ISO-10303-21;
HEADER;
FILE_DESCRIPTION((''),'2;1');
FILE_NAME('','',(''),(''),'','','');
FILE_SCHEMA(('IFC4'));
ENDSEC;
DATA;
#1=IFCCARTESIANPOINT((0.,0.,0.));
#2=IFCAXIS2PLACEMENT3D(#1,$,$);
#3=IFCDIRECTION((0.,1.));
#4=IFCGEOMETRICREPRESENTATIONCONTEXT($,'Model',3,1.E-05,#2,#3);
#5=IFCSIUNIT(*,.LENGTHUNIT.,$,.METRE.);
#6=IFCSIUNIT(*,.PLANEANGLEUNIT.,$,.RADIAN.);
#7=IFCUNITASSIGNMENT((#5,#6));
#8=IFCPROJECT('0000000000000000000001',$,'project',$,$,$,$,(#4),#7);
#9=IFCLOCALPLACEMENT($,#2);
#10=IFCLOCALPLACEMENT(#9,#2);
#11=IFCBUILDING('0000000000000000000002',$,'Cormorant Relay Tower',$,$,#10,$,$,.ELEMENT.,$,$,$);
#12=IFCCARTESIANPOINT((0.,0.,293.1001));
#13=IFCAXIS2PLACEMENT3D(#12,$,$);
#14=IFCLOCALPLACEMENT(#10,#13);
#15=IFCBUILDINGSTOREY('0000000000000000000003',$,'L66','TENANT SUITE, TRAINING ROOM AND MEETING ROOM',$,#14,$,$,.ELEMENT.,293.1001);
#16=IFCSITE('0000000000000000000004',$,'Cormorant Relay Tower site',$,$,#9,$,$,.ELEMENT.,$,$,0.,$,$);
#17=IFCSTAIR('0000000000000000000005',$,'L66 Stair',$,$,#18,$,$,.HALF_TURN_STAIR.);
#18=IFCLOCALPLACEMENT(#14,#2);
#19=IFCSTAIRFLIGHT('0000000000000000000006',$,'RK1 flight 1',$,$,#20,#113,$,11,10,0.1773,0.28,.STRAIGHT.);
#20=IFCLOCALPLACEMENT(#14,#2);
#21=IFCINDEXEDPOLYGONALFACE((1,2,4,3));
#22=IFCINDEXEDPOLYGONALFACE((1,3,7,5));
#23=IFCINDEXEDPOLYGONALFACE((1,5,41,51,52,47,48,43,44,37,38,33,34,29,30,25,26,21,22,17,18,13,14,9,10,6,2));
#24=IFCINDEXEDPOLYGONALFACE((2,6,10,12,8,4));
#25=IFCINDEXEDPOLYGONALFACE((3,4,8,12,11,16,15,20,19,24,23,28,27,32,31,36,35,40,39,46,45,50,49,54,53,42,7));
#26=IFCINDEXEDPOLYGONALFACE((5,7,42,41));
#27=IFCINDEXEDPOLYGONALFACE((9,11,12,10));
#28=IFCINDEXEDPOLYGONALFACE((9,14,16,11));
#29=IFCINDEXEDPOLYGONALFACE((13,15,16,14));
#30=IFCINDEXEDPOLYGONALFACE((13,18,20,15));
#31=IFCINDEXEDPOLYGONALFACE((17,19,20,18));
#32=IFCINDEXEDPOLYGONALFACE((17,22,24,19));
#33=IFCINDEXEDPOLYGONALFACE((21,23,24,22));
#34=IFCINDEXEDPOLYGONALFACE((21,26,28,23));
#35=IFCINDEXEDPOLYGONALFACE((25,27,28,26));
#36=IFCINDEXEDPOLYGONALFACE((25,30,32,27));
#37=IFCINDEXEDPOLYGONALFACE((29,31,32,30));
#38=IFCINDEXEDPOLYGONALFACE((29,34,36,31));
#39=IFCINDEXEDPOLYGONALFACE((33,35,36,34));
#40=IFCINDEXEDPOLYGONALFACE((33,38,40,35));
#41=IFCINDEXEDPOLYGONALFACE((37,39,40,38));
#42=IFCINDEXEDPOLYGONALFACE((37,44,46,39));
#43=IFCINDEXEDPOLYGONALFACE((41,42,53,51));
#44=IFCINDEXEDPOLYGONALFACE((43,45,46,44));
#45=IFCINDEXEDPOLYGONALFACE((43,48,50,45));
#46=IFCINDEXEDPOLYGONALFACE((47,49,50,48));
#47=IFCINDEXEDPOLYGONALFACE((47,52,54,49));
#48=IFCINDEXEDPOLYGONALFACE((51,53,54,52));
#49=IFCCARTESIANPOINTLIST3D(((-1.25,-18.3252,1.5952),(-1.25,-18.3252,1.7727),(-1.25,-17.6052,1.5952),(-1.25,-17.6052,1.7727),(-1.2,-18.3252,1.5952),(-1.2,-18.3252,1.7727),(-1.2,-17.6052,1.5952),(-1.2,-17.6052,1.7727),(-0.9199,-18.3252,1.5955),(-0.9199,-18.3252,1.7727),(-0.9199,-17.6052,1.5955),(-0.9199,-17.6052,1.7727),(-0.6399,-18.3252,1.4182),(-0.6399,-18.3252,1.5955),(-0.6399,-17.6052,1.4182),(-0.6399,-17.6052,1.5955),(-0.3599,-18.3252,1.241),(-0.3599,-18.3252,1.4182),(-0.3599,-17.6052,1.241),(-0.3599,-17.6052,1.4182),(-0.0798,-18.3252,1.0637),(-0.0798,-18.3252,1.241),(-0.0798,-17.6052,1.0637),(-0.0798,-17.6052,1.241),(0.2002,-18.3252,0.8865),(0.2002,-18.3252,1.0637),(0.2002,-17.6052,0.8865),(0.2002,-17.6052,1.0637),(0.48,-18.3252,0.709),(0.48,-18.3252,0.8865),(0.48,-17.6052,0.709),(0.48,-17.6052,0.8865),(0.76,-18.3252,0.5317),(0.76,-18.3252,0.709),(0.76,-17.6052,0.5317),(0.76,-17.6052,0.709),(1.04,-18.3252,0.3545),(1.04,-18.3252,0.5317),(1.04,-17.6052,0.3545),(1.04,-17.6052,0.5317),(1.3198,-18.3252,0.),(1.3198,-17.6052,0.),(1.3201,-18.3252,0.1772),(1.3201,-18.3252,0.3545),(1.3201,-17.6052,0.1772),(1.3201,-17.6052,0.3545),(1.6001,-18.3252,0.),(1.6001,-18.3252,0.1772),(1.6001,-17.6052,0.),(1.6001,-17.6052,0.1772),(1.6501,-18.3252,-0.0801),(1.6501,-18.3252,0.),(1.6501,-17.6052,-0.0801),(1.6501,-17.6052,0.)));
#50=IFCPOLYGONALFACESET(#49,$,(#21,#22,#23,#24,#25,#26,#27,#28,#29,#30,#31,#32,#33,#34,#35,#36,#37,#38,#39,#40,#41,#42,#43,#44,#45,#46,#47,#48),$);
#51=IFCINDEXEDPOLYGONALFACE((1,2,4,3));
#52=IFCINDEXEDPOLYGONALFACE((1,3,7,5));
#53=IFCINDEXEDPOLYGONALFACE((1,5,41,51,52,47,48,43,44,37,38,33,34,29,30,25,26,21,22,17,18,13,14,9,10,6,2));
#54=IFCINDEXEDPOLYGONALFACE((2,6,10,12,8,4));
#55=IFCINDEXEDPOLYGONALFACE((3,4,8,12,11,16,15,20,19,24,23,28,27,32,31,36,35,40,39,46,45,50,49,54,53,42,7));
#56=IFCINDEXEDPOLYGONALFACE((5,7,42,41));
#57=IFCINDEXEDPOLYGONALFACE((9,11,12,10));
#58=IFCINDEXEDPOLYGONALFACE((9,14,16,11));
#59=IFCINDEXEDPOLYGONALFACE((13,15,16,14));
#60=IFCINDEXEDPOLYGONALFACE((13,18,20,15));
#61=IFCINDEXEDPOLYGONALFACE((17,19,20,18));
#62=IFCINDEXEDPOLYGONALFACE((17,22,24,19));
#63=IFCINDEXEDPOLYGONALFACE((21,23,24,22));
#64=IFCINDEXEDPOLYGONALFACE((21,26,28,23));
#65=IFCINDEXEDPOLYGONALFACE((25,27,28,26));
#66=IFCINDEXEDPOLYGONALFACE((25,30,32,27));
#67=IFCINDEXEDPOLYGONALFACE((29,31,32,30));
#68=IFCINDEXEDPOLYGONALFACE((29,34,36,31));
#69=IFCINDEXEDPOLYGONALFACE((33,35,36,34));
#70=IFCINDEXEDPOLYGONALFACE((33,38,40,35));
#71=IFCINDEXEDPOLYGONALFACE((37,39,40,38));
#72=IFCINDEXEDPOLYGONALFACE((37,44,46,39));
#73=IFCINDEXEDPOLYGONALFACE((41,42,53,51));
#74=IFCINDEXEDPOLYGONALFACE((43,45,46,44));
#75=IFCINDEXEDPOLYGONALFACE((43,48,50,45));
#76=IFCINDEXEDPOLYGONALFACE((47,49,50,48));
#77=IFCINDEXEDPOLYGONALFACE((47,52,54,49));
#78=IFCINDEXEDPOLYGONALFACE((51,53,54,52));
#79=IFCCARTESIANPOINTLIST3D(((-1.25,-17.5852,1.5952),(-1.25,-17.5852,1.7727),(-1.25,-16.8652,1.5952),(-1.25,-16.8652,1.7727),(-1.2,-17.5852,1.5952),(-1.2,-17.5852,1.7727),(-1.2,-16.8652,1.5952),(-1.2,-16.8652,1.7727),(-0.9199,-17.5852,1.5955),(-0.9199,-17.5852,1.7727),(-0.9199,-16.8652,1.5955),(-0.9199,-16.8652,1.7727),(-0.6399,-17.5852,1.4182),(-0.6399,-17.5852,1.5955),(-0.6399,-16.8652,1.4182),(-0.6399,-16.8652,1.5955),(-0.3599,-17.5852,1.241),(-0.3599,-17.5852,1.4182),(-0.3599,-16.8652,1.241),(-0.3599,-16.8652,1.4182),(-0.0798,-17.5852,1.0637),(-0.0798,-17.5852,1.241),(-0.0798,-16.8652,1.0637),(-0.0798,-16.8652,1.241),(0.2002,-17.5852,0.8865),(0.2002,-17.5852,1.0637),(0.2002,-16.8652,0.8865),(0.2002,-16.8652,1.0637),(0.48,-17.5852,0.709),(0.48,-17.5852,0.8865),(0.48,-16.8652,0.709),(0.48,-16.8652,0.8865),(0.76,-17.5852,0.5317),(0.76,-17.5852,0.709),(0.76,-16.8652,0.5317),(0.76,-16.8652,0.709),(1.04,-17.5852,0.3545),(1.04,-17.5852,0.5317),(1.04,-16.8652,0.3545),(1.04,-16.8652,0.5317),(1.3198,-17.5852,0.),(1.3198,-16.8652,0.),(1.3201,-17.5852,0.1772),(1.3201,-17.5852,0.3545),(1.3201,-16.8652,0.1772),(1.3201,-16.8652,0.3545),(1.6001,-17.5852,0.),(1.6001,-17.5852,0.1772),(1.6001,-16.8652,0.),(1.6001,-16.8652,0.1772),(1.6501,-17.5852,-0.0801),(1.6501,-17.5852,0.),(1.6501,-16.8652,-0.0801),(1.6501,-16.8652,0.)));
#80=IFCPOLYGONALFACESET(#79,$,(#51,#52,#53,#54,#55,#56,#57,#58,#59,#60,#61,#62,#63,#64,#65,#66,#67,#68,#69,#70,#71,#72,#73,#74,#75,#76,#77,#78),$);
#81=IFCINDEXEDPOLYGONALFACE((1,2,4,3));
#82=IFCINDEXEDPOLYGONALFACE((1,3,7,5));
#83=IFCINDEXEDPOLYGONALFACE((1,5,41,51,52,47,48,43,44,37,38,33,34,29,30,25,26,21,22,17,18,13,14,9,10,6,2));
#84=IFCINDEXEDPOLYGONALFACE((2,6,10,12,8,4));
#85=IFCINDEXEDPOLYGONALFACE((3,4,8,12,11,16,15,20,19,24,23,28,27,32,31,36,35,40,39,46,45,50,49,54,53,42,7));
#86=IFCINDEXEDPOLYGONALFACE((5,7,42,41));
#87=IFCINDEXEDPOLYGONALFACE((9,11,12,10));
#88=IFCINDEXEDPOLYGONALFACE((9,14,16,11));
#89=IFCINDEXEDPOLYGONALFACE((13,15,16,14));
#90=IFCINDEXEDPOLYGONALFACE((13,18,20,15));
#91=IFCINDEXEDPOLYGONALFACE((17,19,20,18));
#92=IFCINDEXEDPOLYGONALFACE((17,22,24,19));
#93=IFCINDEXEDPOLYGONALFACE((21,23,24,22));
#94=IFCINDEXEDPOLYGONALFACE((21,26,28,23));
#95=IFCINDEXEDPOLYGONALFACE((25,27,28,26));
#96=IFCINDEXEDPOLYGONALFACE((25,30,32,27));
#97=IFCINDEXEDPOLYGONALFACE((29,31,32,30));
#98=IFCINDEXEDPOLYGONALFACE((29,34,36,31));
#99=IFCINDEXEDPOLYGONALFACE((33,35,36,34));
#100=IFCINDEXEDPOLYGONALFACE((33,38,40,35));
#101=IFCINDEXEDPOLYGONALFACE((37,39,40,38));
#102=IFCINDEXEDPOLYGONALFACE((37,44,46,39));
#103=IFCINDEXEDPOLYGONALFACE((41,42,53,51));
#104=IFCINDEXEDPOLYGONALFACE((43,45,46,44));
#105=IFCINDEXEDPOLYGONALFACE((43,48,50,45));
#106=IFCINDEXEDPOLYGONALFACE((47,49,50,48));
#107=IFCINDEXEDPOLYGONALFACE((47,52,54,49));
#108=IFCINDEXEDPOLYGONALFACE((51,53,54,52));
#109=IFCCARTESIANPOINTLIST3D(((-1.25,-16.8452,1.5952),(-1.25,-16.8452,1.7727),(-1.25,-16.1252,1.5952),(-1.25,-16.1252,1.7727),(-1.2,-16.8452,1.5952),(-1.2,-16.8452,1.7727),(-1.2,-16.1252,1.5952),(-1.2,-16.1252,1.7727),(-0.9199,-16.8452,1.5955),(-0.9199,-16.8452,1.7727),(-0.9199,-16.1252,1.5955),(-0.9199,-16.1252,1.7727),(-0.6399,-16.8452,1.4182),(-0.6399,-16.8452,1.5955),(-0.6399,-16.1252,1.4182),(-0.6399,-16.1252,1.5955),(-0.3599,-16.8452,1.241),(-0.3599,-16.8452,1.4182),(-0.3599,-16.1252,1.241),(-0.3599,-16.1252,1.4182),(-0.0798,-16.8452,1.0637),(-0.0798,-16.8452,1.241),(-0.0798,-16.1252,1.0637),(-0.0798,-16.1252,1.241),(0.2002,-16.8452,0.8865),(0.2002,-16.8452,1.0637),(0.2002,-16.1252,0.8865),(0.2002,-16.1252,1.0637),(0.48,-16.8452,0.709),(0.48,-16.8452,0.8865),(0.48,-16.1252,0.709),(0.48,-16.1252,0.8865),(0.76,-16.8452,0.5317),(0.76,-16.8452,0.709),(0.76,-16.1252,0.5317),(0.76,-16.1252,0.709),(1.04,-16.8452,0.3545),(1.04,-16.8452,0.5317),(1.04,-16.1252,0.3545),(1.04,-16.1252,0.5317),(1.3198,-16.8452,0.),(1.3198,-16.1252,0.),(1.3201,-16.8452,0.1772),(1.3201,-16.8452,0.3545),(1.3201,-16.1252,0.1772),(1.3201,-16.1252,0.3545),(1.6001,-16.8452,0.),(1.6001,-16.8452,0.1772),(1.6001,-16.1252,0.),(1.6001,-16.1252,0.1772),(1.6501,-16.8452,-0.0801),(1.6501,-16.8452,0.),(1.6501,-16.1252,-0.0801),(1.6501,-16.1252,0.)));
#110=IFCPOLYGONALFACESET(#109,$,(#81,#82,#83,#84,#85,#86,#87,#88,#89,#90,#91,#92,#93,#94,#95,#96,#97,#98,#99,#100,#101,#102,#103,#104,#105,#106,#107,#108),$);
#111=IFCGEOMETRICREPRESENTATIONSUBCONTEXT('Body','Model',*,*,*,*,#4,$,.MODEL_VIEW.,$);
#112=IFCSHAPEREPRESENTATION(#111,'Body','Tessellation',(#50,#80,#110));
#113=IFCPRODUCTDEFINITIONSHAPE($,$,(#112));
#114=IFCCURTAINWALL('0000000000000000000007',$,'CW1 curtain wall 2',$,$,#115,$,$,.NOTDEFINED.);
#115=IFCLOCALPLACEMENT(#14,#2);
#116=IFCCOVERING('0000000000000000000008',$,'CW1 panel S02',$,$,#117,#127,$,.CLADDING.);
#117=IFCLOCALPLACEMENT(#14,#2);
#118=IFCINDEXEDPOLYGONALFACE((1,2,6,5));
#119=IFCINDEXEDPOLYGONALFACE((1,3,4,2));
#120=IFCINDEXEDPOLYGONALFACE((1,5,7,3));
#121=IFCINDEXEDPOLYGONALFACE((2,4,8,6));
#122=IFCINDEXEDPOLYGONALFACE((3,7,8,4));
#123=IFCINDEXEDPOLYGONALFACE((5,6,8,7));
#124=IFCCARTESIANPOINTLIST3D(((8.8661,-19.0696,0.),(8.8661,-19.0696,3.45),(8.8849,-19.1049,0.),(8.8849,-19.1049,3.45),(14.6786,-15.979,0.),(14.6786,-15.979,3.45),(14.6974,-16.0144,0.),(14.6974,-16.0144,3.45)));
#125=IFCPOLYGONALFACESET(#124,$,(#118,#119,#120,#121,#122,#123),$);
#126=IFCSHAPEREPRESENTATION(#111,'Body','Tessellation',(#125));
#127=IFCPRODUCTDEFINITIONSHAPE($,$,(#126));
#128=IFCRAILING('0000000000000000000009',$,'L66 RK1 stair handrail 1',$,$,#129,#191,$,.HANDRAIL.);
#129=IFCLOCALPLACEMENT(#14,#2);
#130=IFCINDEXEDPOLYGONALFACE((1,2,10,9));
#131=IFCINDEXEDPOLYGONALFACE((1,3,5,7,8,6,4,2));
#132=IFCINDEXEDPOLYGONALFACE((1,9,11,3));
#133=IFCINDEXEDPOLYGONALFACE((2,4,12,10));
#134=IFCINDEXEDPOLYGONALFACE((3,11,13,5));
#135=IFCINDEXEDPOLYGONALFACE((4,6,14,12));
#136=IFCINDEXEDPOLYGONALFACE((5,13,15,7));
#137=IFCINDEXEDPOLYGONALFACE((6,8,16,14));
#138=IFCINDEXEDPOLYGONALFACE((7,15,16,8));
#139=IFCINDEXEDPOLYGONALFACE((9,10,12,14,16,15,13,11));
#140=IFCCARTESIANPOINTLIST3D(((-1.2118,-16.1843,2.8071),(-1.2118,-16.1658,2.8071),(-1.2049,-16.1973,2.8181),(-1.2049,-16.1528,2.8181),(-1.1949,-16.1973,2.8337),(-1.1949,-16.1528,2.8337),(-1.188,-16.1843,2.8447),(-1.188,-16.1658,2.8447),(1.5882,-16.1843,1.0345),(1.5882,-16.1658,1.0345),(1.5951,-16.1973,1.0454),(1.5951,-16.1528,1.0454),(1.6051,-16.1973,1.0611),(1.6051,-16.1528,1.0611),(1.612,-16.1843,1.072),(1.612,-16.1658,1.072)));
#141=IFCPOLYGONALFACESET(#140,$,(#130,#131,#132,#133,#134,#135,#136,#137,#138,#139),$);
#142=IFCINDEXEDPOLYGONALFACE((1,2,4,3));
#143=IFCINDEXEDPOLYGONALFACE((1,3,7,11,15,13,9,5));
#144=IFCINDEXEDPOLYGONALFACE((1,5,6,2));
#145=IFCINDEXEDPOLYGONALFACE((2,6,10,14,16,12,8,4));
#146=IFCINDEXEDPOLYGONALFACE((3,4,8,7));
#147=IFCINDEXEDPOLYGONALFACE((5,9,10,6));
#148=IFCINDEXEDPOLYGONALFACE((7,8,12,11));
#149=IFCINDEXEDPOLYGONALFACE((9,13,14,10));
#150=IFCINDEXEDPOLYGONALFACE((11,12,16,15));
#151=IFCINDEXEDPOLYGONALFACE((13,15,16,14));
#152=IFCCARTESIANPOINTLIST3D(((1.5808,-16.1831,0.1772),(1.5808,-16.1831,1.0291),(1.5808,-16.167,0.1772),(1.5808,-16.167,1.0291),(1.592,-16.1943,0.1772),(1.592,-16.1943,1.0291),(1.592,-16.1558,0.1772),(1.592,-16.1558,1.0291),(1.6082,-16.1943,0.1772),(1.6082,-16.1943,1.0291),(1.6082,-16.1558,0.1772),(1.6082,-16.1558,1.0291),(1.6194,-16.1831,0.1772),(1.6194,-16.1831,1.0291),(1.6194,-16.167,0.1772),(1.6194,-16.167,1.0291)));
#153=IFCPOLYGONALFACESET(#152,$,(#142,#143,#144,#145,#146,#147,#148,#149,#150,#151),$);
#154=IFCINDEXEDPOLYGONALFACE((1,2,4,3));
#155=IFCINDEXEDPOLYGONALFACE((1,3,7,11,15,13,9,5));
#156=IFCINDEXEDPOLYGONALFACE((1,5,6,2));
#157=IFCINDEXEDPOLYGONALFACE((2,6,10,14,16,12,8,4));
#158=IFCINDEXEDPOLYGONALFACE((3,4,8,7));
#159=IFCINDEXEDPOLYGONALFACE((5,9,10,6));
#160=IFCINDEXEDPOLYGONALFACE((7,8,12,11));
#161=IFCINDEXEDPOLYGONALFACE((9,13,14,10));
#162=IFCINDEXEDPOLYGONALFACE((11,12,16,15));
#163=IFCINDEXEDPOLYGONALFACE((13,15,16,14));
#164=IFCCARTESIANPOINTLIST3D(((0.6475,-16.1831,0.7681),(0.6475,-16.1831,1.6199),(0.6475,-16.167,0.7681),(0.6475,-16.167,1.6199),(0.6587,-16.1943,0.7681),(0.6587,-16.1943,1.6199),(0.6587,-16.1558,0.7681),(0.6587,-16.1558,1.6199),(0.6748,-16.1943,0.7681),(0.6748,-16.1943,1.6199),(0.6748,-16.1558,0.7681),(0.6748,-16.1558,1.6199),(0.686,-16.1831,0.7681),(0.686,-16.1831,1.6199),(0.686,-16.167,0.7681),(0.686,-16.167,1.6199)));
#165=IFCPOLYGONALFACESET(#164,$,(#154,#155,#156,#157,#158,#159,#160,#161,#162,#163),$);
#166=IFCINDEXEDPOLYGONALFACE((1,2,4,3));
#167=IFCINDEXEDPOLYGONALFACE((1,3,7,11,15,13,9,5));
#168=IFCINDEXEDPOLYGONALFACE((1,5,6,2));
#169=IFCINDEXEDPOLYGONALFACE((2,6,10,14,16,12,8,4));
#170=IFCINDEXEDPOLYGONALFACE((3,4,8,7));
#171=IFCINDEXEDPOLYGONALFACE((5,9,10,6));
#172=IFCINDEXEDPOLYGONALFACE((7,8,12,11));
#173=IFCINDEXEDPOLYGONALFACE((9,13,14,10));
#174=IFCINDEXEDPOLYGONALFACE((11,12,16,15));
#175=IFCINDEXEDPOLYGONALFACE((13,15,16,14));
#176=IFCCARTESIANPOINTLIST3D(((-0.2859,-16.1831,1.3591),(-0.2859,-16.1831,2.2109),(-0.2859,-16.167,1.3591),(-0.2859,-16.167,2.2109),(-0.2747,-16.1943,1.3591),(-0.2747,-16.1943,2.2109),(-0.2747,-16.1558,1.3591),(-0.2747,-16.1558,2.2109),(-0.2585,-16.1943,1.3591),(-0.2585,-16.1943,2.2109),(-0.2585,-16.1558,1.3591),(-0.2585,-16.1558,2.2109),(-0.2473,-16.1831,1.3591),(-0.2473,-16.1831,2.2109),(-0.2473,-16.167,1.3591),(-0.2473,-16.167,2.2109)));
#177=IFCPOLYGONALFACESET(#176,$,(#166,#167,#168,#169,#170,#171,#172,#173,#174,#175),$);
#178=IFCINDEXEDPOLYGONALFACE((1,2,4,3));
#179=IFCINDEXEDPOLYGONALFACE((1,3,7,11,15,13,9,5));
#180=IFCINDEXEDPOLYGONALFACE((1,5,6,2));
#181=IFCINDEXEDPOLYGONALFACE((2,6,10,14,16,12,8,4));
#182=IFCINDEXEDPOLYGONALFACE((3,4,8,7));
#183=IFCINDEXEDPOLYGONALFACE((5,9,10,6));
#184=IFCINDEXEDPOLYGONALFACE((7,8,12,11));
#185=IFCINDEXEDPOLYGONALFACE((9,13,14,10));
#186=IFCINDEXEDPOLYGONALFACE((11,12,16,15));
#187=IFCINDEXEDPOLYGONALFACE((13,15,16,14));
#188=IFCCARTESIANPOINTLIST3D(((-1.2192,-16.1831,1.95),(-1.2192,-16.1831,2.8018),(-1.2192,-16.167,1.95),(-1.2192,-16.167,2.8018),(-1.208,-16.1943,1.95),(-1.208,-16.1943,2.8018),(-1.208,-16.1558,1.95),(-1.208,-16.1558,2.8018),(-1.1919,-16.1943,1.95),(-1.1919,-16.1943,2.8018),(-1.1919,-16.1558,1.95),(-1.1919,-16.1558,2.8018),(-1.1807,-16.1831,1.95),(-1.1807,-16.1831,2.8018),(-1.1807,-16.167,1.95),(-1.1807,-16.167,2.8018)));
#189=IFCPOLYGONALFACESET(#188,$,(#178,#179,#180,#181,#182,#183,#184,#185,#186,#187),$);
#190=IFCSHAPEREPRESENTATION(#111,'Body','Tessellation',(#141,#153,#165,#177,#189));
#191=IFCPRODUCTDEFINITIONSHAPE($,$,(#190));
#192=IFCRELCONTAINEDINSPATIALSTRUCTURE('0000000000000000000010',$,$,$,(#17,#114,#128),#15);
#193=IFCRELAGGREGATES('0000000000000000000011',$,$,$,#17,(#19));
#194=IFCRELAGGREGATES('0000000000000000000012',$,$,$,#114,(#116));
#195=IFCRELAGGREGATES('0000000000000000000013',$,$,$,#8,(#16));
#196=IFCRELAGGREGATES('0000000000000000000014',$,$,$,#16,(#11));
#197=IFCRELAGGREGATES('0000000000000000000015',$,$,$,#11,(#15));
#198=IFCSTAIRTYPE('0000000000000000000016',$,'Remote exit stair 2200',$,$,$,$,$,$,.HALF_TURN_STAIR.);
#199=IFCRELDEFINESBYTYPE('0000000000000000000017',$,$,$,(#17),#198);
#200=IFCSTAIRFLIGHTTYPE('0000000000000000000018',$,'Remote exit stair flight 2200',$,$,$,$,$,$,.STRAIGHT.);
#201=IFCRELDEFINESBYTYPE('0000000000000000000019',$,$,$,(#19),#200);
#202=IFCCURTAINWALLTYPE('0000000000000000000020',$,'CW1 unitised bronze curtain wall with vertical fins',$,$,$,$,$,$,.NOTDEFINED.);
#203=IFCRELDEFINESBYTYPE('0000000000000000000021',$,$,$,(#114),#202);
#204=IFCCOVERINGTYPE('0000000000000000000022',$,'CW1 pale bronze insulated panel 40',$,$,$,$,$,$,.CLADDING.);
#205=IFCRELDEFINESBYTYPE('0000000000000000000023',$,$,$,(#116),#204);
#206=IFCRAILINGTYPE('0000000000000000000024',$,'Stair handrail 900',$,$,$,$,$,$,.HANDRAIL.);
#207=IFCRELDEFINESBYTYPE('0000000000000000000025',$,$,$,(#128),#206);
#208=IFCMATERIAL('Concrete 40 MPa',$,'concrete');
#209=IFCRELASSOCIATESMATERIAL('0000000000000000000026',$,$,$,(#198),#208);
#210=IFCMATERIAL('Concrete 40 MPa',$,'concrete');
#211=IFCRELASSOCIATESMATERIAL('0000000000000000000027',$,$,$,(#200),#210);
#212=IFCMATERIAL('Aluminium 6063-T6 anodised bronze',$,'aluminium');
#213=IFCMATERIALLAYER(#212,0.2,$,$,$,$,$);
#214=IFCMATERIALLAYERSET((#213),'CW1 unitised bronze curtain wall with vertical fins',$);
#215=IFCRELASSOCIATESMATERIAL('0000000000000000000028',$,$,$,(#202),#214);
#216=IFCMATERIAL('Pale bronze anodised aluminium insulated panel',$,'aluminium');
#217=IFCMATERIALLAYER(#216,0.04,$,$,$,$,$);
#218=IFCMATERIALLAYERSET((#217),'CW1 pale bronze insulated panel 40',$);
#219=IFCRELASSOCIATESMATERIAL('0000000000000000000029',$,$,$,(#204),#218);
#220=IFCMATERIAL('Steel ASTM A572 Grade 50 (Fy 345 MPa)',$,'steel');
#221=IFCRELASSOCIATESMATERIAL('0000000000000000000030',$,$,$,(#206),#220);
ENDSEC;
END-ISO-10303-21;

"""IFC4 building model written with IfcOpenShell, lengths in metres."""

from ifc_helpers import new_model, si_unit, direction, frame, origin, origin_2d, place, context, subcontext, project, spatial, polyline, rectangle, outline, extrude, material, layer, layer_set, type_object, element, aggregate, save


model = new_model("IFC4")

# Units and contexts
model_context = context("Model", 3, precision=1e-05, world=origin(), true_north=direction((0.0, 1.0)))
body_context = subcontext(model_context, "Body", "Model", "MODEL_VIEW")
ifc_project = project(units=[si_unit("LENGTHUNIT", "METRE"), si_unit("PLANEANGLEUNIT", "RADIAN")], contexts=[model_context])

# Site, building, storey
site_placement = place(None, origin())
site = spatial("IfcSite", under=ifc_project, at=site_placement, Name="Cormorant Relay Tower site", CompositionType="ELEMENT", RefElevation=0.0)
building_placement = place(site_placement, origin())
building = spatial("IfcBuilding", under=site, at=building_placement, Name="Cormorant Relay Tower", CompositionType="ELEMENT")
storey_placement = place(building_placement, frame((0.0, 0.0, 293.1001)))
storey = spatial("IfcBuildingStorey", under=building, at=storey_placement, Name="L66", Description="TENANT SUITE, TRAINING ROOM AND MEETING ROOM", CompositionType="ELEMENT", Elevation=293.1001)

# Stair
ifc_material_1 = material(Name="Concrete 40 MPa", Category="concrete")
stair_type_1 = type_object("IfcStairType", Name="Remote exit stair 2200", PredefinedType="HALF_TURN_STAIR", material=ifc_material_1)
stair_1_placement = place(storey_placement, origin())
stair_1 = element("IfcStair", 1, at=stair_1_placement, inside=storey, type_object=stair_type_1, Name="L66 Stair", PredefinedType="HALF_TURN_STAIR")

# Stair flight
ifc_material_2 = material(Name="Concrete 40 MPa", Category="concrete")
stair_flight_type = type_object("IfcStairFlightType", Name="Remote exit stair flight 2200", PredefinedType="STRAIGHT", material=ifc_material_2)
stair_flight_placement = place(storey_placement, frame((1.6001, -17.2251, 0.0), z_axis=(0.0, 0.0, 1.0), x_axis=(-1.0, 0.0, 0.0)))
stair_flight = element("IfcStairFlight", 2, at=stair_flight_placement, type_object=stair_flight_type, Name="RK1 flight 1", NumberOfRisers=11, NumberOfTreads=10, PredefinedType="STRAIGHT", RiserHeight=0.1773, TreadLength=0.28, context=body_context, shape_type="SweptSolid", body=[
    extrude(outline(polyline([(-0.05, -0.0801), (-0.05, 0.0), (0.0, 0.0), (0.0, 0.1772), (0.28, 0.1772), (0.28, 0.3545), (0.5601, 0.3545), (0.5601, 0.5317), (0.8401, 0.5317), (0.8401, 0.709), (1.1201, 0.709), (1.1201, 0.8865), (1.3999, 0.8865), (1.3999, 1.0637), (1.6799, 1.0637), (1.6799, 1.241), (1.96, 1.241), (1.96, 1.4182), (2.24, 1.4182), (2.24, 1.5955), (2.52, 1.5955), (2.52, 1.7727), (2.8, 1.7727), (2.8501, 1.7727), (2.8501, 1.5952), (2.8, 1.5952), (0.2803, 0.0), (-0.05, -0.0801)])), frame((0.0, 1.1001, 0.0), z_axis=(0.0, -1.0, 0.0), x_axis=(1.0, 0.0, 0.0)), (0.0, 0.0, 1.0), 0.72),
    extrude(outline(polyline([(-0.05, -0.0801), (-0.05, 0.0), (0.0, 0.0), (0.0, 0.1772), (0.28, 0.1772), (0.28, 0.3545), (0.5601, 0.3545), (0.5601, 0.5317), (0.8401, 0.5317), (0.8401, 0.709), (1.1201, 0.709), (1.1201, 0.8865), (1.3999, 0.8865), (1.3999, 1.0637), (1.6799, 1.0637), (1.6799, 1.241), (1.96, 1.241), (1.96, 1.4182), (2.24, 1.4182), (2.24, 1.5955), (2.52, 1.5955), (2.52, 1.7727), (2.8, 1.7727), (2.8501, 1.7727), (2.8501, 1.5952), (2.8, 1.5952), (0.2803, 0.0), (-0.05, -0.0801)])), frame((0.0, 0.3601, 0.0), z_axis=(0.0, -1.0, 0.0), x_axis=(1.0, 0.0, 0.0)), (0.0, 0.0, 1.0), 0.72),
    extrude(outline(polyline([(-0.05, -0.0801), (-0.05, 0.0), (0.0, 0.0), (0.0, 0.1772), (0.28, 0.1772), (0.28, 0.3545), (0.5601, 0.3545), (0.5601, 0.5317), (0.8401, 0.5317), (0.8401, 0.709), (1.1201, 0.709), (1.1201, 0.8865), (1.3999, 0.8865), (1.3999, 1.0637), (1.6799, 1.0637), (1.6799, 1.241), (1.96, 1.241), (1.96, 1.4182), (2.24, 1.4182), (2.24, 1.5955), (2.52, 1.5955), (2.52, 1.7727), (2.8, 1.7727), (2.8501, 1.7727), (2.8501, 1.5952), (2.8, 1.5952), (0.2803, 0.0), (-0.05, -0.0801)])), frame((0.0, -0.3799, 0.0), z_axis=(0.0, -1.0, 0.0), x_axis=(1.0, 0.0, 0.0)), (0.0, 0.0, 1.0), 0.72),
])
aggregate(stair_1, [stair_flight])

# Curtain wall, covering
ifc_material_3 = material(Name="Aluminium 6063-T6 anodised bronze", Category="aluminium")
ifc_layer_1 = layer(ifc_material_3, 0.2)
ifc_layer_set_1 = layer_set([ifc_layer_1], Name="CW1 unitised bronze curtain wall with vertical fins")
curtain_wall_type = type_object("IfcCurtainWallType", Name="CW1 unitised bronze curtain wall with vertical fins", PredefinedType="NOTDEFINED", material=ifc_layer_set_1)
curtain_wall_placement = place(storey_placement, origin())
curtain_wall = element("IfcCurtainWall", 3, at=curtain_wall_placement, inside=storey, type_object=curtain_wall_type, Name="CW1 curtain wall 2", PredefinedType="NOTDEFINED")
ifc_material_4 = material(Name="Pale bronze anodised aluminium insulated panel", Category="aluminium")
ifc_layer_2 = layer(ifc_material_4, 0.04)
ifc_layer_set_2 = layer_set([ifc_layer_2], Name="CW1 pale bronze insulated panel 40")
covering_type = type_object("IfcCoveringType", Name="CW1 pale bronze insulated panel 40", PredefinedType="CLADDING", material=ifc_layer_set_2)
covering_placement = place(storey_placement, frame((11.7817, -17.542, 0.0), z_axis=(0.0, 0.0, 1.0), x_axis=(0.882948, 0.469472, 0.0)))
covering = element("IfcCovering", 4, at=covering_placement, type_object=covering_type, Name="CW1 panel S02", PredefinedType="CLADDING", context=body_context, shape_type="SweptSolid", body=[
    extrude(rectangle(XDim=6.583, YDim=0.04, at=origin_2d()), origin(), (0.0, 0.0, 1.0), 3.45),
])
aggregate(curtain_wall, [covering])

# Railing
ifc_material_5 = material(Name="Steel ASTM A572 Grade 50 (Fy 345 MPa)", Category="steel")
railing_type_1 = type_object("IfcRailingType", Name="Stair handrail 900", PredefinedType="HANDRAIL", material=ifc_material_5)
railing_1_placement = place(storey_placement, frame((1.6001, -16.175, 0.1772)))
element("IfcRailing", 5, at=railing_1_placement, inside=storey, type_object=railing_type_1, Name="L66 RK1 stair handrail 1", PredefinedType="HANDRAIL", context=body_context, shape_type="SweptSolid", body=[
    extrude(outline(polyline([(0.0222, 0.0093), (0.0093, 0.0222), (-0.0093, 0.0222), (-0.0222, 0.0093), (-0.0222, -0.0093), (-0.0093, -0.0222), (0.0093, -0.0222), (0.0222, -0.0093), (0.0222, 0.0093)])), frame((0.0, 0.0, 0.876), z_axis=(-0.844909, 0.0, 0.53491), x_axis=(0.0, -1.0, 0.0)), (0.0, 0.0, 1.0), 3.314),
    extrude(outline(polyline([(0.0193, 0.0081), (0.0081, 0.0193), (-0.0081, 0.0193), (-0.0193, 0.0081), (-0.0193, -0.0081), (-0.0081, -0.0193), (0.0081, -0.0193), (0.0193, -0.0081), (0.0193, 0.0081)])), origin(), (0.0, 0.0, 1.0), 0.8518),
    extrude(outline(polyline([(0.0193, 0.0081), (0.0081, 0.0193), (-0.0081, 0.0193), (-0.0193, 0.0081), (-0.0193, -0.0081), (-0.0081, -0.0193), (0.0081, -0.0193), (0.0193, -0.0081), (0.0193, 0.0081)])), frame((-0.9333, 0.0, 0.5908)), (0.0, 0.0, 1.0), 0.8518),
    extrude(outline(polyline([(0.0193, 0.0081), (0.0081, 0.0193), (-0.0081, 0.0193), (-0.0193, 0.0081), (-0.0193, -0.0081), (-0.0081, -0.0193), (0.0081, -0.0193), (0.0193, -0.0081), (0.0193, 0.0081)])), frame((-1.8667, 0.0, 1.1819)), (0.0, 0.0, 1.0), 0.8518),
    extrude(outline(polyline([(0.0193, 0.0081), (0.0081, 0.0193), (-0.0081, 0.0193), (-0.0193, 0.0081), (-0.0193, -0.0081), (-0.0081, -0.0193), (0.0081, -0.0193), (0.0193, -0.0081), (0.0193, 0.0081)])), frame((-2.8, 0.0, 1.7727)), (0.0, 0.0, 1.0), 0.8518),
])

save(model, "model.ifc")
